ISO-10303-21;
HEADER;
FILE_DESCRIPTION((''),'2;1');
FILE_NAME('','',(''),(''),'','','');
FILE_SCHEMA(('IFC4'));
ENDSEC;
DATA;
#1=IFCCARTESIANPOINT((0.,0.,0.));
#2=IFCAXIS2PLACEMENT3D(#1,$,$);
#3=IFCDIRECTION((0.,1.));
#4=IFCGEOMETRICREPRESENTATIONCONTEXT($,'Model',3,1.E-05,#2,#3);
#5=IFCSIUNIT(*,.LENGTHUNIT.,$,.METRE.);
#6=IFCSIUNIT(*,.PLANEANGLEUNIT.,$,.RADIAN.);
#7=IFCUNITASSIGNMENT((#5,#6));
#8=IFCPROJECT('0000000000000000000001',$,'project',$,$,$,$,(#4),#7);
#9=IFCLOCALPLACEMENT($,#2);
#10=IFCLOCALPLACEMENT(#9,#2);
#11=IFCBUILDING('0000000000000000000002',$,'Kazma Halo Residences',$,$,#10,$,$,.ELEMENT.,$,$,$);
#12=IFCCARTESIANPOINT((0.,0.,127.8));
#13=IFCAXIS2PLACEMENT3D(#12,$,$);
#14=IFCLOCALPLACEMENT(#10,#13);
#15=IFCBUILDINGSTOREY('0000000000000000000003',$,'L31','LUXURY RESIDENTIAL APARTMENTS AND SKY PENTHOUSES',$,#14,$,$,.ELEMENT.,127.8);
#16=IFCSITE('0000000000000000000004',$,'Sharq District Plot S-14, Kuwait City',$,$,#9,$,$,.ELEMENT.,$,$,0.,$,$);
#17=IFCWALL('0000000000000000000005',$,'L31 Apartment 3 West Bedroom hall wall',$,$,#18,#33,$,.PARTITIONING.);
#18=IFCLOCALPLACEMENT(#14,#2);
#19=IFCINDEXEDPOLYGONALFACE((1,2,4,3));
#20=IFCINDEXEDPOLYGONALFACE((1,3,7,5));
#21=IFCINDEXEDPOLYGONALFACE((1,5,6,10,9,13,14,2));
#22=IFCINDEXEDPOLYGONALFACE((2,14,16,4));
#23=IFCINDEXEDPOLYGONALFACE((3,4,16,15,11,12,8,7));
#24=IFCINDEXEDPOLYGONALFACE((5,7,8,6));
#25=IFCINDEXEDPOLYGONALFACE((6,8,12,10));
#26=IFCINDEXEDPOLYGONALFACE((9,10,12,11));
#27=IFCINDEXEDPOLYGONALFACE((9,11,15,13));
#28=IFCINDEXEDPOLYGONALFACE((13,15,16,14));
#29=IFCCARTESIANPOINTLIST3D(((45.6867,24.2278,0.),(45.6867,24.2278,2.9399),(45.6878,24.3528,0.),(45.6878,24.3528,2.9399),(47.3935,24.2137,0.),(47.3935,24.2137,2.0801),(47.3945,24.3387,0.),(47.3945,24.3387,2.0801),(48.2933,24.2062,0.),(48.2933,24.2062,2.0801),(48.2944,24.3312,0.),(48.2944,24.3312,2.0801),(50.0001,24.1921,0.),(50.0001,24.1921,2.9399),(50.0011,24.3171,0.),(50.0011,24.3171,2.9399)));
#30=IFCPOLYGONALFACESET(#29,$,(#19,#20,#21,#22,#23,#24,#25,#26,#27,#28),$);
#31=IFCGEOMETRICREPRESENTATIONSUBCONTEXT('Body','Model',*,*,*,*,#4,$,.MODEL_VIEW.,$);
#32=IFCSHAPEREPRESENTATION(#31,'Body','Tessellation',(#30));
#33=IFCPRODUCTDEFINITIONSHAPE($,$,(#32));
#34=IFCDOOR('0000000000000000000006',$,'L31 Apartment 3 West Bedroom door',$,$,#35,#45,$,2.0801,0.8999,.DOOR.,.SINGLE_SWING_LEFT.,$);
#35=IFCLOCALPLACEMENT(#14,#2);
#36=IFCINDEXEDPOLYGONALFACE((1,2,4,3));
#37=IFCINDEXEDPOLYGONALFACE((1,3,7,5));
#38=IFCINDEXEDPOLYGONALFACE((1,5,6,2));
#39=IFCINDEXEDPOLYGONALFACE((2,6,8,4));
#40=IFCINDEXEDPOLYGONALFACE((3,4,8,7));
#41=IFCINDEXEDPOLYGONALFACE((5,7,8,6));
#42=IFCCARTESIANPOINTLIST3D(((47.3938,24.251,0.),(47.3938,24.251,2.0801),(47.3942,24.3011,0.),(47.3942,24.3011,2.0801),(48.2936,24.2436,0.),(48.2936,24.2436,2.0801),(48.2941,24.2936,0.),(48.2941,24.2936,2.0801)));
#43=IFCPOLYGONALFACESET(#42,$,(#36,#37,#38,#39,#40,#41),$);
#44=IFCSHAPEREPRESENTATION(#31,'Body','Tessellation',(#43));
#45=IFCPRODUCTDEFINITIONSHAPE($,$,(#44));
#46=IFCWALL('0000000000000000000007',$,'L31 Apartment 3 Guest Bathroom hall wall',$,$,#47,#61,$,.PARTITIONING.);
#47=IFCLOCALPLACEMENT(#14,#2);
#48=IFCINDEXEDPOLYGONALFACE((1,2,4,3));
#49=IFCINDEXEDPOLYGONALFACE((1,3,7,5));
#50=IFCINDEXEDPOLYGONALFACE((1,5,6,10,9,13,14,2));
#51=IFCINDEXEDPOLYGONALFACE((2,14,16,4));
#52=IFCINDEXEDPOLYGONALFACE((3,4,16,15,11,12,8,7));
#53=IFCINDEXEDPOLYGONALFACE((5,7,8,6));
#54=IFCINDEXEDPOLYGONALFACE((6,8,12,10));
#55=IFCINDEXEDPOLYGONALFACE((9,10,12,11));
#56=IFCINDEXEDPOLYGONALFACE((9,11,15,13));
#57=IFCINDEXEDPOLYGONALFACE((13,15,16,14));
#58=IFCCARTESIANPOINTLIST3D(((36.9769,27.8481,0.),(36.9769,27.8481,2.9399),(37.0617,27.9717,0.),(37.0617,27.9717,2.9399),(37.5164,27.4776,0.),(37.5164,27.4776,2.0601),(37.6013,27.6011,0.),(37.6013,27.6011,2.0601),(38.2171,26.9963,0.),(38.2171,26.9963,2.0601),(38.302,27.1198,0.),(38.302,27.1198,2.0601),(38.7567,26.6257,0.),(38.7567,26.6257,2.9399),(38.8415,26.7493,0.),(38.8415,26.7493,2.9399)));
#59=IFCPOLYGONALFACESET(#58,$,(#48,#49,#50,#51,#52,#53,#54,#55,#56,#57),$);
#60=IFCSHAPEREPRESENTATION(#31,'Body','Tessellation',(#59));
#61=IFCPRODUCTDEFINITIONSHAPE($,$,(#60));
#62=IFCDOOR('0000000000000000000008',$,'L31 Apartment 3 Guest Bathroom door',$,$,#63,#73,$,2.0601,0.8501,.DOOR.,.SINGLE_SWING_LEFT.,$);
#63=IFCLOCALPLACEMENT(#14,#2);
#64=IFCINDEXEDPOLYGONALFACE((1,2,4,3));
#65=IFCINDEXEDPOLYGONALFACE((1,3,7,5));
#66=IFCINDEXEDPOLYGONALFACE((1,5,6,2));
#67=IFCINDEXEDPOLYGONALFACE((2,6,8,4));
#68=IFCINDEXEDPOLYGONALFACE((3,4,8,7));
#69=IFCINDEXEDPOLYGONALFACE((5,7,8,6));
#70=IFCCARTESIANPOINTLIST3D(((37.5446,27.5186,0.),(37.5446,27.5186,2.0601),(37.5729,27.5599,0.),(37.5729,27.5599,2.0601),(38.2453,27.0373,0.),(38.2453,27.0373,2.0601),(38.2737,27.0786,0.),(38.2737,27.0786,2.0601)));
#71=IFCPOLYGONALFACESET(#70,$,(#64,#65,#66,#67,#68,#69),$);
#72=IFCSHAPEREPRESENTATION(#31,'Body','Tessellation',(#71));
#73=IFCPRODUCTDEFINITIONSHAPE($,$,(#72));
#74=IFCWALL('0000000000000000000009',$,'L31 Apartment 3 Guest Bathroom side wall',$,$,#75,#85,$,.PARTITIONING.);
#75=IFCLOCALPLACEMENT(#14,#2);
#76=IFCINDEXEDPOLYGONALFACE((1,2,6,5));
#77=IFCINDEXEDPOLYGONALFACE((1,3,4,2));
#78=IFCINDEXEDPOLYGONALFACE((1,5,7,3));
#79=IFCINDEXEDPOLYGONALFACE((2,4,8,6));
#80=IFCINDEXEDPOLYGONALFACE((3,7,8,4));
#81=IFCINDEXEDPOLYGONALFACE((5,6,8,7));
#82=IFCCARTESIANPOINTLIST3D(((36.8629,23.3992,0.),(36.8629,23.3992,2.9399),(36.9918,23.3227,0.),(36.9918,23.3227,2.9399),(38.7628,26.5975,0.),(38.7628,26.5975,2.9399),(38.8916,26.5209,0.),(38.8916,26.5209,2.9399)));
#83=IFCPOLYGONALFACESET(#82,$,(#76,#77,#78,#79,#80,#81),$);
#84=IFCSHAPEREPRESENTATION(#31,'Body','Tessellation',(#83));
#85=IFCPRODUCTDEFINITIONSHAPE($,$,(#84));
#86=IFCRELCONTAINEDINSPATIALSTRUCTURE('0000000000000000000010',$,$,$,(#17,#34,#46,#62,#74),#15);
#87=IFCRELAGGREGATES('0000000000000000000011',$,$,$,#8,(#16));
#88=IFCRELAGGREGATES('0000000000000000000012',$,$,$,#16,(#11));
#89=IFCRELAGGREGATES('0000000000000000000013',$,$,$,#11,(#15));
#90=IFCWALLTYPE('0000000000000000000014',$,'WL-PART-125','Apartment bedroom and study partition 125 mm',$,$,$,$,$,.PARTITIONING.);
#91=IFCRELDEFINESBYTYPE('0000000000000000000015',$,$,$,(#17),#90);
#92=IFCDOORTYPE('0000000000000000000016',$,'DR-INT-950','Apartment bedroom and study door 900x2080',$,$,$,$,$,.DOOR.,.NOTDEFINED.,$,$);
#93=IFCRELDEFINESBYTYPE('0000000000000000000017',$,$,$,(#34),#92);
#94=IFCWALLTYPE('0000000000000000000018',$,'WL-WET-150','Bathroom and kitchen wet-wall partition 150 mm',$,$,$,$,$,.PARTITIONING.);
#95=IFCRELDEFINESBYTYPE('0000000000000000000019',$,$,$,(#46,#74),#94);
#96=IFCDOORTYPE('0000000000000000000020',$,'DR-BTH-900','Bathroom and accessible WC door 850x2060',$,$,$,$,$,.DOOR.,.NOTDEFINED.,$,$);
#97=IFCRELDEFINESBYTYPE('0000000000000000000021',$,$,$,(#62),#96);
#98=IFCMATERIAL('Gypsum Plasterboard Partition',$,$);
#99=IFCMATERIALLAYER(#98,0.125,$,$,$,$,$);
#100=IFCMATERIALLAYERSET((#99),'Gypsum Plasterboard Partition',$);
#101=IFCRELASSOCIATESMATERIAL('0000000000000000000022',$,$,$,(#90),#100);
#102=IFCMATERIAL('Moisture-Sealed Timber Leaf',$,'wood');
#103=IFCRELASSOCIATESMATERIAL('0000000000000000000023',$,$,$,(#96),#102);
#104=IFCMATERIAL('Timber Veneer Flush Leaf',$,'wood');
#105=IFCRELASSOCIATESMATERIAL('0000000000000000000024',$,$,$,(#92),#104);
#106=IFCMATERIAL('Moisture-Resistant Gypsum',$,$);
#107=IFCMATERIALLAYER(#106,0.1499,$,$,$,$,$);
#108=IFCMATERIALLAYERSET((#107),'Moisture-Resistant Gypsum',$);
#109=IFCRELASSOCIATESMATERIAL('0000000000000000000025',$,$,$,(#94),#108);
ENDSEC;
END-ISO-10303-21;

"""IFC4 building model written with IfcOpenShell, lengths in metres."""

from ifc_helpers import new_model, si_unit, direction, frame, frame_2d, origin, place, context, subcontext, project, spatial, rectangle, extrude, material, layer, layer_set, type_object, element, fill, save


model = new_model("IFC4")

# Units and contexts
model_context = context("Model", 3, precision=1e-05, world=origin(), true_north=direction((0.0, 1.0)))
body_context = subcontext(model_context, "Body", "Model", "MODEL_VIEW")
ifc_project = project(units=[si_unit("LENGTHUNIT", "METRE"), si_unit("PLANEANGLEUNIT", "RADIAN")], contexts=[model_context])

# Site, building, storey
site_placement = place(None, origin())
site = spatial("IfcSite", under=ifc_project, at=site_placement, Name="Sharq District Plot S-14, Kuwait City", CompositionType="ELEMENT", RefElevation=0.0)
building_placement = place(site_placement, origin())
building = spatial("IfcBuilding", under=site, at=building_placement, Name="Kazma Halo Residences", CompositionType="ELEMENT")
storey_placement = place(building_placement, frame((0.0, 0.0, 127.8)))
storey = spatial("IfcBuildingStorey", under=building, at=storey_placement, Name="L31", Description="LUXURY RESIDENTIAL APARTMENTS AND SKY PENTHOUSES", CompositionType="ELEMENT", Elevation=127.8)

# Shared definitions
ifc_material_1 = material(Name="Gypsum Plasterboard Partition")
ifc_layer_1 = layer(ifc_material_1, 0.125)
ifc_layer_set_1 = layer_set([ifc_layer_1], Name="Gypsum Plasterboard Partition")
wall_type_1 = type_object("IfcWallType", Name="WL-PART-125", Description="Apartment bedroom and study partition 125 mm", PredefinedType="PARTITIONING", material=ifc_layer_set_1)
ifc_material_2 = material(Name="Moisture-Sealed Timber Leaf", Category="wood")
door_type_1 = type_object("IfcDoorType", Name="DR-BTH-900", Description="Bathroom and accessible WC door 850x2060", OperationType="NOTDEFINED", PredefinedType="DOOR", material=ifc_material_2)
ifc_material_3 = material(Name="Timber Veneer Flush Leaf", Category="wood")
door_type_2 = type_object("IfcDoorType", Name="DR-INT-950", Description="Apartment bedroom and study door 900x2080", OperationType="NOTDEFINED", PredefinedType="DOOR", material=ifc_material_3)

# Walls, openings, doors
wall_1_placement = place(storey_placement, frame((45.6873, 24.2903, 0.0), z_axis=(0.0, 0.0, 1.0), x_axis=(0.999966, -0.008264, 0.0)))
wall_1 = element("IfcWall", 1, at=wall_1_placement, inside=storey, type_object=wall_type_1, Name="L31 Apartment 3 West Bedroom hall wall", PredefinedType="PARTITIONING", context=body_context, shape_type="SweptSolid", body=[
    extrude(rectangle(XDim=4.3135, YDim=0.125, at=frame_2d((2.1567, 0.0))), origin(), (0.0, 0.0, 1.0), 2.9399),
])
opening_1_placement = place(wall_1_placement, frame((1.7068, 0.0, 0.0)))
opening_1 = element("IfcOpeningElement", 2, at=opening_1_placement, cuts=wall_1, PredefinedType="OPENING", context=body_context, shape_type="SweptSolid", body=[
    extrude(rectangle(XDim=0.8999, YDim=2.0801, at=frame_2d((0.45, 1.04))), frame((0.0, 0.0725, 0.0), z_axis=(0.0, -1.0, 0.0), x_axis=(1.0, 0.0, 0.0)), (0.0, 0.0, 1.0), 0.145),
])
door_1_placement = place(opening_1_placement, origin())
door_1 = element("IfcDoor", 3, at=door_1_placement, inside=storey, type_object=door_type_2, Name="L31 Apartment 3 West Bedroom door", OperationType="SINGLE_SWING_LEFT", OverallHeight=2.0801, OverallWidth=0.8999, PredefinedType="DOOR", context=body_context, shape_type="SweptSolid", body=[
    extrude(rectangle(XDim=0.8999, YDim=2.0801, at=frame_2d((0.45, 1.04))), frame((0.0, 0.0249, 0.0), z_axis=(0.0, -1.0, 0.0), x_axis=(1.0, 0.0, 0.0)), (0.0, 0.0, 1.0), 0.05),
])
fill(opening_1, door_1)
ifc_material_4 = material(Name="Moisture-Resistant Gypsum")
ifc_layer_2 = layer(ifc_material_4, 0.1499)
ifc_layer_set_2 = layer_set([ifc_layer_2], Name="Moisture-Resistant Gypsum")
wall_type_2 = type_object("IfcWallType", Name="WL-WET-150", Description="Bathroom and kitchen wet-wall partition 150 mm", PredefinedType="PARTITIONING", material=ifc_layer_set_2)
wall_2_placement = place(storey_placement, frame((37.0193, 27.9099, 0.0), z_axis=(0.0, 0.0, 1.0), x_axis=(0.824299, -0.566154, 0.0)))
wall_2 = element("IfcWall", 4, at=wall_2_placement, inside=storey, type_object=wall_type_2, Name="L31 Apartment 3 Guest Bathroom hall wall", PredefinedType="PARTITIONING", context=body_context, shape_type="SweptSolid", body=[
    extrude(rectangle(XDim=2.1592, YDim=0.1499, at=frame_2d((1.0796, 0.0))), origin(), (0.0, 0.0, 1.0), 2.9399),
])
opening_2_placement = place(wall_2_placement, frame((0.6545, 0.0, 0.0)))
opening_2 = element("IfcOpeningElement", 5, at=opening_2_placement, cuts=wall_2, PredefinedType="OPENING", context=body_context, shape_type="SweptSolid", body=[
    extrude(rectangle(XDim=0.8501, YDim=2.0601, at=frame_2d((0.425, 1.03))), frame((0.0, 0.085, 0.0), z_axis=(0.0, -1.0, 0.0), x_axis=(1.0, 0.0, 0.0)), (0.0, 0.0, 1.0), 0.1699),
])
door_2_placement = place(opening_2_placement, origin())
door_2 = element("IfcDoor", 6, at=door_2_placement, inside=storey, type_object=door_type_1, Name="L31 Apartment 3 Guest Bathroom door", OperationType="SINGLE_SWING_LEFT", OverallHeight=2.0601, OverallWidth=0.8501, PredefinedType="DOOR", context=body_context, shape_type="SweptSolid", body=[
    extrude(rectangle(XDim=0.8501, YDim=2.0601, at=frame_2d((0.425, 1.03))), frame((0.0, 0.0249, 0.0), z_axis=(0.0, -1.0, 0.0), x_axis=(1.0, 0.0, 0.0)), (0.0, 0.0, 1.0), 0.05),
])
fill(opening_2, door_2)

# Wall
wall_3_placement = place(storey_placement, frame((38.8271, 26.5591, 0.0), z_axis=(0.0, 0.0, 1.0), x_axis=(-0.510727, -0.859743, 0.0)))
element("IfcWall", 7, at=wall_3_placement, inside=storey, type_object=wall_type_2, Name="L31 Apartment 3 Guest Bathroom side wall", PredefinedType="PARTITIONING", context=body_context, shape_type="SweptSolid", body=[
    extrude(rectangle(XDim=3.72, YDim=0.1499, at=frame_2d((1.8599, 0.0))), origin(), (0.0, 0.0, 1.0), 2.9399),
])

save(model, "model.ifc")
